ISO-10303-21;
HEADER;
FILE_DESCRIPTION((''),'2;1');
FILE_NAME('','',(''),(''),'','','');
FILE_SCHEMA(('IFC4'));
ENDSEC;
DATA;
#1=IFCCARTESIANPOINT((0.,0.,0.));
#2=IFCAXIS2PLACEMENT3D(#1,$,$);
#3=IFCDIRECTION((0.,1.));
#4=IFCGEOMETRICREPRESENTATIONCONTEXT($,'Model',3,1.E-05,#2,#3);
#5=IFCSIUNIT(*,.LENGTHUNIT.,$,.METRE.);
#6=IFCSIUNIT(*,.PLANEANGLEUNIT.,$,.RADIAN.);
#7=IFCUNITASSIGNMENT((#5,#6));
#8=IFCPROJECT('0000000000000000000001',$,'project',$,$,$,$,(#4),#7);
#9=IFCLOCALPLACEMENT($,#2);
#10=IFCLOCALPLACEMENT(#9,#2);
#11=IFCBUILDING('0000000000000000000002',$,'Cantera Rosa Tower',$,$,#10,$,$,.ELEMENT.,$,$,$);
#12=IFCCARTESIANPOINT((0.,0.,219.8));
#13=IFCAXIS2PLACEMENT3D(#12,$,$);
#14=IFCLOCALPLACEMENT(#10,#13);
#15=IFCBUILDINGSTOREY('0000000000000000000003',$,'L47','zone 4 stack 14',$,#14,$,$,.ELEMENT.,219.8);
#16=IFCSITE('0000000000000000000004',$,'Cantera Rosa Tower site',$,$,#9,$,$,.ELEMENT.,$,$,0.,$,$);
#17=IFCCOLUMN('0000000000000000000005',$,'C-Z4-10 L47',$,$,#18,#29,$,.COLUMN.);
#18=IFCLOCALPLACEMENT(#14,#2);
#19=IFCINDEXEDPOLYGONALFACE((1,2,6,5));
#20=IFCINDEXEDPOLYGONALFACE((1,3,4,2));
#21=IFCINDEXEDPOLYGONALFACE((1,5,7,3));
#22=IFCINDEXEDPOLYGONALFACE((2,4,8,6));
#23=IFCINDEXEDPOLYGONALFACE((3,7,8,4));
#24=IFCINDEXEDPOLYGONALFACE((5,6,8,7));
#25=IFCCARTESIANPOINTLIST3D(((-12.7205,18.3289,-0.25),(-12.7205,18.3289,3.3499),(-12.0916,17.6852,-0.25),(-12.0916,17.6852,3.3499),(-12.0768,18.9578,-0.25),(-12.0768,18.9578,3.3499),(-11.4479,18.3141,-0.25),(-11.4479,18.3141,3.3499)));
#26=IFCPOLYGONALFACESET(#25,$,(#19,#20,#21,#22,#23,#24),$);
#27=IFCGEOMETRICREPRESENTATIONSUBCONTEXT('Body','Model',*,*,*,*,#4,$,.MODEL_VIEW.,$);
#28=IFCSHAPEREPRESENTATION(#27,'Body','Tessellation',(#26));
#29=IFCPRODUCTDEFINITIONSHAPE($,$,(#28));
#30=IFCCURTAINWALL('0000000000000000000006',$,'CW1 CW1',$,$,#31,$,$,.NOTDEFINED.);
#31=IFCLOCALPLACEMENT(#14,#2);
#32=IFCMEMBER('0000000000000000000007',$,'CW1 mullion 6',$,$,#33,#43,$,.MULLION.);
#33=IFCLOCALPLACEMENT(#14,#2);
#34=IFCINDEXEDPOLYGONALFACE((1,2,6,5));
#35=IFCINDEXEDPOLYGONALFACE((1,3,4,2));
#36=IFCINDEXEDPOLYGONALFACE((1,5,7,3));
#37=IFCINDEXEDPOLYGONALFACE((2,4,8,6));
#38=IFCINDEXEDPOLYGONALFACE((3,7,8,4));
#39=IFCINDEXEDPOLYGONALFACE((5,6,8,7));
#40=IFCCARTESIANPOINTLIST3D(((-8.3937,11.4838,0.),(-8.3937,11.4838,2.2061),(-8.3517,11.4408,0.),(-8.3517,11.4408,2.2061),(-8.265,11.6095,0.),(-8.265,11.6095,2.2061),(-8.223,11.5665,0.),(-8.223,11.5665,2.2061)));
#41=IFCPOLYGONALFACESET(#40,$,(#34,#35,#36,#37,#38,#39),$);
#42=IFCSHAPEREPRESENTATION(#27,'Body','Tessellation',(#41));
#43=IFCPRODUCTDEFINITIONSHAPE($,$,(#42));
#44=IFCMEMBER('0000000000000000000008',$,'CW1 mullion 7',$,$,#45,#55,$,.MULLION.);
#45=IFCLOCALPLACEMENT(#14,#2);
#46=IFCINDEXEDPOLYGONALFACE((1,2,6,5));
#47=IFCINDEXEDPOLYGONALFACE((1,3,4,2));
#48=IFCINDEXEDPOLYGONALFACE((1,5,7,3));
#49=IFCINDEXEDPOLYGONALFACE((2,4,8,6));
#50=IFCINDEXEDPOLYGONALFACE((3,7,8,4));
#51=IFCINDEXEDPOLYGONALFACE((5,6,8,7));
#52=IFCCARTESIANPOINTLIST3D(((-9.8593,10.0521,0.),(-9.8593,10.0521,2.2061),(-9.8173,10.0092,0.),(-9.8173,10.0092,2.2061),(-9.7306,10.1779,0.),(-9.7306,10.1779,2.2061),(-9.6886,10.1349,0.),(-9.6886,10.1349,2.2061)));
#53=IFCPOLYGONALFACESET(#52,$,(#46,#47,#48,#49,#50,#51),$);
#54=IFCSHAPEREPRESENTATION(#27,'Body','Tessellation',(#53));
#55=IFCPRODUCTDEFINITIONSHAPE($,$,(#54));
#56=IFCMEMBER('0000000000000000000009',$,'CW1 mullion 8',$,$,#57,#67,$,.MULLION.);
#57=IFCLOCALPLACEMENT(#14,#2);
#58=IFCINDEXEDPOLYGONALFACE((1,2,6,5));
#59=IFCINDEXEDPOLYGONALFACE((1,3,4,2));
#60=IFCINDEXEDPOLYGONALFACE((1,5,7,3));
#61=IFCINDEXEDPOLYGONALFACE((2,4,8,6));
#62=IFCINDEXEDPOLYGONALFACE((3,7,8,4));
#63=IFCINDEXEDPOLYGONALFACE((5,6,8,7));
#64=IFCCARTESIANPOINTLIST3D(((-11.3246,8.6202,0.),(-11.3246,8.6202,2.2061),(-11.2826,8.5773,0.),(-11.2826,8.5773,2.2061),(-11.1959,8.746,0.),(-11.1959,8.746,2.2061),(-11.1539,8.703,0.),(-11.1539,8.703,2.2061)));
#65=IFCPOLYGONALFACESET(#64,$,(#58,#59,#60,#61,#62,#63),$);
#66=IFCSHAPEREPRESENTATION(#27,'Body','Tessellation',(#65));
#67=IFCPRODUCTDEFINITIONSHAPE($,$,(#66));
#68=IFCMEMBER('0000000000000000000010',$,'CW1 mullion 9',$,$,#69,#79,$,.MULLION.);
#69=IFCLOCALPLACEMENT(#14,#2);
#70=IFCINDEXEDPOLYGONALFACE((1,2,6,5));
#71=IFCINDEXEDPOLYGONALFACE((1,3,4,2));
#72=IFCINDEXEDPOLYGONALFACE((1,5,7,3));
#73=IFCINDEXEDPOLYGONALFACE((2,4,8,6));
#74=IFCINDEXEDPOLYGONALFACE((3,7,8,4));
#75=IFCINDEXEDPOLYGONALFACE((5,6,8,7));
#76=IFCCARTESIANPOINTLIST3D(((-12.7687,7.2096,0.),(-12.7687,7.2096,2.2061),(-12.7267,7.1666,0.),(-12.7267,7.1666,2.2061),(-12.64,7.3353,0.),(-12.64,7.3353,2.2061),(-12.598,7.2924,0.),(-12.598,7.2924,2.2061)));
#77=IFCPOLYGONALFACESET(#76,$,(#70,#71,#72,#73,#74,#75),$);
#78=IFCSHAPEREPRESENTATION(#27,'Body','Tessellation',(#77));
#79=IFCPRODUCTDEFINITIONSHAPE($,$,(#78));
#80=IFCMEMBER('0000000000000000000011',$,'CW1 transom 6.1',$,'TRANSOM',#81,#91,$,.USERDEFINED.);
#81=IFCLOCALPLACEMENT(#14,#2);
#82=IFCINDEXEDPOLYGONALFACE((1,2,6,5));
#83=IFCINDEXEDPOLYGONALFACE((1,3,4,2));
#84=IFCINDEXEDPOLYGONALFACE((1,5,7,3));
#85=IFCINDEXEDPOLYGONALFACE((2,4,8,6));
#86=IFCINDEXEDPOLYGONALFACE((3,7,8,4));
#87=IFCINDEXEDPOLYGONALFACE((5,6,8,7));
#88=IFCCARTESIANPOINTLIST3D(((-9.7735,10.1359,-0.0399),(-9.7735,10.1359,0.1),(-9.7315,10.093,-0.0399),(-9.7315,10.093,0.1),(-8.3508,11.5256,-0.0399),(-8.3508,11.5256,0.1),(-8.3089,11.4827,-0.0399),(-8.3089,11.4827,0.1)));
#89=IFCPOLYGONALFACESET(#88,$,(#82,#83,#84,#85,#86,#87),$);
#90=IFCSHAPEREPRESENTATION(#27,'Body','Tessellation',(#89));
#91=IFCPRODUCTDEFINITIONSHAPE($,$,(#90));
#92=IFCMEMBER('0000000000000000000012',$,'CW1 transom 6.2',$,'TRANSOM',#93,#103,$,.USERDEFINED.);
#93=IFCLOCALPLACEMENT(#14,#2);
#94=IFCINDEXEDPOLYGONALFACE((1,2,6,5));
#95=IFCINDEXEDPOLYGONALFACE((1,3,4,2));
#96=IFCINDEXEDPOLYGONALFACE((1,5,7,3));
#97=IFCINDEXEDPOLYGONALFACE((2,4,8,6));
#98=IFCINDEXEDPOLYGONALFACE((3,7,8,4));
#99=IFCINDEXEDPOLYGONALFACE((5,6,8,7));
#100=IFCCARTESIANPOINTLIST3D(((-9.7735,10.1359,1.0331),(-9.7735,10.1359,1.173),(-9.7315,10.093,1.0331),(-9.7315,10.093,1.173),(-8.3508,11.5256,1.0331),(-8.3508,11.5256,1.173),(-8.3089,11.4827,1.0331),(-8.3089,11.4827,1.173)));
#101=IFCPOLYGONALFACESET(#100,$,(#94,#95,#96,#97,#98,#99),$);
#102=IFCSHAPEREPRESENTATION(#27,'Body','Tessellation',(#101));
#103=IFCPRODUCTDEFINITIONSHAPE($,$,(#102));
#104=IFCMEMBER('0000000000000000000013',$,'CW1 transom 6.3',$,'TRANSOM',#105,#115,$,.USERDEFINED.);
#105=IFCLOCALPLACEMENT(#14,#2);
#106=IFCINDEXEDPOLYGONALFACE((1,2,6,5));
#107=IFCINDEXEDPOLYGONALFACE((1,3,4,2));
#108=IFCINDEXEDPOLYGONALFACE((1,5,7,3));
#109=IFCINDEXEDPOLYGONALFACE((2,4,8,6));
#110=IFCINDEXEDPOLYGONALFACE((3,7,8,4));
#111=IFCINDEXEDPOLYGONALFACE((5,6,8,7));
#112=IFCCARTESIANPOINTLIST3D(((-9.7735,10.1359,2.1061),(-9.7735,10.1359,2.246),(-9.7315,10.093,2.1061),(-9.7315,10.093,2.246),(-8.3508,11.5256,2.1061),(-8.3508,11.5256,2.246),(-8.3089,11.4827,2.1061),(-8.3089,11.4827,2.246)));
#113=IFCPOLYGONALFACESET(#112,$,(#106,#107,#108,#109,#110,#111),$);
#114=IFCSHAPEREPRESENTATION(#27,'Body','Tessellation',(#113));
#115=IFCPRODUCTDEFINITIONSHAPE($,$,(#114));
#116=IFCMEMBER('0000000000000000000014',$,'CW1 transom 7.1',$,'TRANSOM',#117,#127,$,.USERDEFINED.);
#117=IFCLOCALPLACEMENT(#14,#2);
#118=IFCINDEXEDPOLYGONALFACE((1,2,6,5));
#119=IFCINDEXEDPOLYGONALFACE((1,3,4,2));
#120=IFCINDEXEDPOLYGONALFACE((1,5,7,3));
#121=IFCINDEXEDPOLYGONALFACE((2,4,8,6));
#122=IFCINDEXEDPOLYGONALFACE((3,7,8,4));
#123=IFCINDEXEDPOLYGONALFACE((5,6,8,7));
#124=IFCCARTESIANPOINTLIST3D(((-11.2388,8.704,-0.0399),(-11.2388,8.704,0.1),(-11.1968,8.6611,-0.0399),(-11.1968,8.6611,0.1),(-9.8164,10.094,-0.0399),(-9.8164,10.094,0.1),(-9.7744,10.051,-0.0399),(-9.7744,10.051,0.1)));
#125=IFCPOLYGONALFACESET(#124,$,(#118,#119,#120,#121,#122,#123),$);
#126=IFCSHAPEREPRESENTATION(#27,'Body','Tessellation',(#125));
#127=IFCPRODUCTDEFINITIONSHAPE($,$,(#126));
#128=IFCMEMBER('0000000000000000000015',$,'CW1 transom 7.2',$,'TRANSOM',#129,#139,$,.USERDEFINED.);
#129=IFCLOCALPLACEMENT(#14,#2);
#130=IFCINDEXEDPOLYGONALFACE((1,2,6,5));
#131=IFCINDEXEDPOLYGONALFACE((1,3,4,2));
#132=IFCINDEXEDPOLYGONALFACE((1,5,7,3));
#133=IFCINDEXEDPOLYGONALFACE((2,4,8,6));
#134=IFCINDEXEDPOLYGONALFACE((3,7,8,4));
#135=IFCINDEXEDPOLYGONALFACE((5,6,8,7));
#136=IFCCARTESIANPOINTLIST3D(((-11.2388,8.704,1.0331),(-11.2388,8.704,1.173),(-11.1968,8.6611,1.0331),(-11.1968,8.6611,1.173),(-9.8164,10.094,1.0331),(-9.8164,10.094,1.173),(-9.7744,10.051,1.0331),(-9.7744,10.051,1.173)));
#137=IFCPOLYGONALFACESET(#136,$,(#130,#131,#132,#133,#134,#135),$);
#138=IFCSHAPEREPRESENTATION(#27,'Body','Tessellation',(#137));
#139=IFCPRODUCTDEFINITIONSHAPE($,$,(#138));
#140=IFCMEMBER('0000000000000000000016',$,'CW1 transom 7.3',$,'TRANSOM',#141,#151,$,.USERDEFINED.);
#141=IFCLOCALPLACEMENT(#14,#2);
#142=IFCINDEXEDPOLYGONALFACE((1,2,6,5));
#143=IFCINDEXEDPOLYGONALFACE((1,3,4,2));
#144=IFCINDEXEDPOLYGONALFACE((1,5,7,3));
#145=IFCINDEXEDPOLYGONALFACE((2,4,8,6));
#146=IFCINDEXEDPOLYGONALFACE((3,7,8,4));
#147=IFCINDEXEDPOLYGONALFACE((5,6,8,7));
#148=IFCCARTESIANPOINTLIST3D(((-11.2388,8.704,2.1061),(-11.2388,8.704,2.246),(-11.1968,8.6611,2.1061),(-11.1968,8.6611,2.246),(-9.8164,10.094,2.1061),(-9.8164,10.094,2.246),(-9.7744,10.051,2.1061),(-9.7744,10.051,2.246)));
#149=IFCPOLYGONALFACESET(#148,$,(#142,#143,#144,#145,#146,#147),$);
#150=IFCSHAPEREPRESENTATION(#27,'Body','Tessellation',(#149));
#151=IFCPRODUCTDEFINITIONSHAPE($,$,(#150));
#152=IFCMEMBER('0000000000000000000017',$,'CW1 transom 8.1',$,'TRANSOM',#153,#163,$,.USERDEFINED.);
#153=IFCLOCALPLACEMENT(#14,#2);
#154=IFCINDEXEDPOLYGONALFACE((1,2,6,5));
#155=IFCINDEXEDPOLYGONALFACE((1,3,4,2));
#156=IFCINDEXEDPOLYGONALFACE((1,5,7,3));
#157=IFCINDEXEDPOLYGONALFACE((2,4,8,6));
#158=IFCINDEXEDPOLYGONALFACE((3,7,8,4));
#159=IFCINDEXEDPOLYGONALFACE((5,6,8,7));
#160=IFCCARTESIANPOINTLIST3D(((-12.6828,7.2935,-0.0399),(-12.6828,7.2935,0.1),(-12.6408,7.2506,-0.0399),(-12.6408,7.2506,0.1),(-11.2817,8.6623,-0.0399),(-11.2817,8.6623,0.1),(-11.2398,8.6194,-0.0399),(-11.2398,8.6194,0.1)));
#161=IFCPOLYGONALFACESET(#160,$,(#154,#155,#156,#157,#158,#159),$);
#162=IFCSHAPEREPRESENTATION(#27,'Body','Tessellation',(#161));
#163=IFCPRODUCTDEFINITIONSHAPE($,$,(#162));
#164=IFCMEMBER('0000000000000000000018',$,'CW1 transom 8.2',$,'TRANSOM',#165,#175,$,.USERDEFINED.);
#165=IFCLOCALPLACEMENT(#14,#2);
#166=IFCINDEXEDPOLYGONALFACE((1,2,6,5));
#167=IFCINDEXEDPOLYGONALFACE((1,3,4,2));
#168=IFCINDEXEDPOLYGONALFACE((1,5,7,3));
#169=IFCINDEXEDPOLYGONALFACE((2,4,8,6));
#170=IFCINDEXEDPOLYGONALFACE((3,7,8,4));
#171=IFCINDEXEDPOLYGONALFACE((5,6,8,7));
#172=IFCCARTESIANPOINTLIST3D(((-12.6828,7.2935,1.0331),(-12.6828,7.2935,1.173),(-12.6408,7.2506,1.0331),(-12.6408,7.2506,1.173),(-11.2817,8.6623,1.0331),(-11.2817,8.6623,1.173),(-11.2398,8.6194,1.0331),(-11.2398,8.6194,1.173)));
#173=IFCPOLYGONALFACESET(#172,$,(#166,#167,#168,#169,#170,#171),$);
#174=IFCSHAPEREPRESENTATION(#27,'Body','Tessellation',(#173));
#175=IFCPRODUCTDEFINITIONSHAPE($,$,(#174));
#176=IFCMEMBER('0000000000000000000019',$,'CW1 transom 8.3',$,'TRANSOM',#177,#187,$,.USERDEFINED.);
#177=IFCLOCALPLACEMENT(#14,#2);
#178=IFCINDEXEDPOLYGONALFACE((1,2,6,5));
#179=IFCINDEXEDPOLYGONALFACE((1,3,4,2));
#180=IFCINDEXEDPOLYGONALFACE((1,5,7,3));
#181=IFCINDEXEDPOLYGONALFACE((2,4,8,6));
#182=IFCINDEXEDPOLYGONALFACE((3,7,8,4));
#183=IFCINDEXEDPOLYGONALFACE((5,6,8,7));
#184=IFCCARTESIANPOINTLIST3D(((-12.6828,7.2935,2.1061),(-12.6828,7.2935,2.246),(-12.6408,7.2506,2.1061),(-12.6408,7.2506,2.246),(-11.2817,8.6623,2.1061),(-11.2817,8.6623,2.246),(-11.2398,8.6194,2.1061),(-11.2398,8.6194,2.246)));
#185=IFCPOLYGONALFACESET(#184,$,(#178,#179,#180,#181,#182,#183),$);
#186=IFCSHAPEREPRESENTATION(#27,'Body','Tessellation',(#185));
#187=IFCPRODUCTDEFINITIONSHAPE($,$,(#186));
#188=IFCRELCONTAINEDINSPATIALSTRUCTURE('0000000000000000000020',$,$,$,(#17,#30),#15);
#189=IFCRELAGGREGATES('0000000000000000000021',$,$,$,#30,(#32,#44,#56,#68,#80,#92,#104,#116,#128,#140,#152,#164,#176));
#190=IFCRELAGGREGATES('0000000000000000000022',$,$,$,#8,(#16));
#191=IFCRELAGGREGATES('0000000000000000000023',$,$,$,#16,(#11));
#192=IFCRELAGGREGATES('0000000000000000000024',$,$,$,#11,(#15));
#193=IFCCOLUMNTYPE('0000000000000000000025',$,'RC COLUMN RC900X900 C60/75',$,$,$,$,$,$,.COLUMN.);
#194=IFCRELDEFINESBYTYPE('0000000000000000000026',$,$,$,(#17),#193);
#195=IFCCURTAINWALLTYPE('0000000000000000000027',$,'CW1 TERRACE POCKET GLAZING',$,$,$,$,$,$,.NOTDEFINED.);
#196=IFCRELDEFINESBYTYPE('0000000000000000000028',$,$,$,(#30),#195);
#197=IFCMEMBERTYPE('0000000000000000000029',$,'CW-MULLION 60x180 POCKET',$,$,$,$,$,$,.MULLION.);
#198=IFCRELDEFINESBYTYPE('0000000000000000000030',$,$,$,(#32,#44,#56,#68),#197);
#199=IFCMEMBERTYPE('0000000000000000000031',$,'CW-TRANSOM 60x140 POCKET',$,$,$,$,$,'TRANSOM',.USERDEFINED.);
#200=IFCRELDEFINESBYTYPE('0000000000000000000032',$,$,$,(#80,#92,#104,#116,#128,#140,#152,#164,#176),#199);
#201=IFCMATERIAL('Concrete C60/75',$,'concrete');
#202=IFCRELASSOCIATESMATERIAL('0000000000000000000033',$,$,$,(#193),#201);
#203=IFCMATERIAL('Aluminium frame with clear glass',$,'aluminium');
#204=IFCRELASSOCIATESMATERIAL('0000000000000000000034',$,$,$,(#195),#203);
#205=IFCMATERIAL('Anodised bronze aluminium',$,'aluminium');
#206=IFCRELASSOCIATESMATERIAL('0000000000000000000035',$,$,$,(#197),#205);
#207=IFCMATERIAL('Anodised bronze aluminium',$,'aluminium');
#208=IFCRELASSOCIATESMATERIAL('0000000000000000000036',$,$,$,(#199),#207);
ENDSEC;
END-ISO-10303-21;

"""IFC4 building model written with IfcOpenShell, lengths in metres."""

from ifc_helpers import new_model, si_unit, direction, frame, origin, origin_2d, place, context, subcontext, project, spatial, rectangle, extrude, material, material_profile, profile_set, type_object, element, aggregate, save


model = new_model("IFC4")

# Units and contexts
model_context = context("Model", 3, precision=1e-05, world=origin(), true_north=direction((0.0, 1.0)))
body_context = subcontext(model_context, "Body", "Model", "MODEL_VIEW")
ifc_project = project(units=[si_unit("LENGTHUNIT", "METRE"), si_unit("PLANEANGLEUNIT", "RADIAN")], contexts=[model_context])

# Site, building, storey
site_placement = place(None, origin())
site = spatial("IfcSite", under=ifc_project, at=site_placement, Name="Cantera Rosa Tower site", CompositionType="ELEMENT", RefElevation=0.0)
building_placement = place(site_placement, origin())
building = spatial("IfcBuilding", under=site, at=building_placement, Name="Cantera Rosa Tower", CompositionType="ELEMENT")
storey_placement = place(building_placement, frame((0.0, 0.0, 219.8)))
storey = spatial("IfcBuildingStorey", under=building, at=storey_placement, Name="L47", Description="zone 4 stack 14", CompositionType="ELEMENT", Elevation=219.8)

# Column
ifc_material_1 = material(Name="Concrete C60/75", Category="concrete")
ifc_material_profile_1 = material_profile(ifc_material_1, rectangle(XDim=0.8999, YDim=0.8999, at=origin_2d()), Name="RC COLUMN RC900X900 C60/75")
ifc_profile_set_1 = profile_set([ifc_material_profile_1], Name="Concrete C60/75")
column_type = type_object("IfcColumnType", Name="RC COLUMN RC900X900 C60/75", PredefinedType="COLUMN", material=ifc_profile_set_1)
column_placement = place(storey_placement, frame((-12.0842, 18.3215, -0.25), z_axis=(0.0, 0.0, 1.0), x_axis=(0.715286, 0.698832, 0.0)))
element("IfcColumn", 1, at=column_placement, inside=storey, type_object=column_type, Name="C-Z4-10 L47", PredefinedType="COLUMN", context=body_context, shape_type="SweptSolid", body=[
    extrude(rectangle(XDim=0.8999, YDim=0.8999, at=origin_2d()), origin(), (0.0, 0.0, 1.0), 3.5999),
])

# Curtain wall, members
ifc_material_2 = material(Name="Aluminium frame with clear glass", Category="aluminium")
curtain_wall_type = type_object("IfcCurtainWallType", Name="CW1 TERRACE POCKET GLAZING", PredefinedType="NOTDEFINED", material=ifc_material_2)
curtain_wall_placement = place(storey_placement, origin())
curtain_wall = element("IfcCurtainWall", 2, at=curtain_wall_placement, inside=storey, type_object=curtain_wall_type, Name="CW1 CW1", PredefinedType="NOTDEFINED")
ifc_material_3 = material(Name="Anodised bronze aluminium", Category="aluminium")
ifc_material_profile_2 = material_profile(ifc_material_3, rectangle(XDim=0.0601, YDim=0.1799, at=origin_2d()), Name="CW-MULLION 60x180 POCKET")
ifc_profile_set_2 = profile_set([ifc_material_profile_2], Name="Anodised bronze aluminium")
member_type_1 = type_object("IfcMemberType", Name="CW-MULLION 60x180 POCKET", PredefinedType="MULLION", material=ifc_profile_set_2)
member_1_placement = place(storey_placement, frame((-8.3083, 11.5251, 0.0), z_axis=(0.0, 0.0, 1.0), x_axis=(0.698832, -0.715286, 0.0)))
member_1 = element("IfcMember", 3, at=member_1_placement, type_object=member_type_1, Name="CW1 mullion 6", PredefinedType="MULLION", context=body_context, shape_type="SweptSolid", body=[
    extrude(rectangle(XDim=0.0601, YDim=0.1799, at=origin_2d()), origin(), (0.0, 0.0, 1.0), 2.2061),
])
member_2_placement = place(storey_placement, frame((-9.7739, 10.0935, 0.0), z_axis=(0.0, 0.0, 1.0), x_axis=(0.698832, -0.715286, 0.0)))
member_2 = element("IfcMember", 4, at=member_2_placement, type_object=member_type_1, Name="CW1 mullion 7", PredefinedType="MULLION", context=body_context, shape_type="SweptSolid", body=[
    extrude(rectangle(XDim=0.0601, YDim=0.1799, at=origin_2d()), origin(), (0.0, 0.0, 1.0), 2.2061),
])
member_3_placement = place(storey_placement, frame((-11.2393, 8.6616, 0.0), z_axis=(0.0, 0.0, 1.0), x_axis=(0.698832, -0.715286, 0.0)))
member_3 = element("IfcMember", 5, at=member_3_placement, type_object=member_type_1, Name="CW1 mullion 8", PredefinedType="MULLION", context=body_context, shape_type="SweptSolid", body=[
    extrude(rectangle(XDim=0.0601, YDim=0.1799, at=origin_2d()), origin(), (0.0, 0.0, 1.0), 2.2061),
])
member_4_placement = place(storey_placement, frame((-12.6833, 7.251, 0.0), z_axis=(0.0, 0.0, 1.0), x_axis=(0.698832, -0.715286, 0.0)))
member_4 = element("IfcMember", 6, at=member_4_placement, type_object=member_type_1, Name="CW1 mullion 9", PredefinedType="MULLION", context=body_context, shape_type="SweptSolid", body=[
    extrude(rectangle(XDim=0.0601, YDim=0.1799, at=origin_2d()), origin(), (0.0, 0.0, 1.0), 2.2061),
])
ifc_material_4 = material(Name="Anodised bronze aluminium", Category="aluminium")
ifc_material_profile_3 = material_profile(ifc_material_4, rectangle(XDim=0.0601, YDim=0.1399, at=origin_2d()), Name="CW-TRANSOM 60x140 POCKET")
ifc_profile_set_3 = profile_set([ifc_material_profile_3], Name="Anodised bronze aluminium")
member_type_2 = type_object("IfcMemberType", Name="CW-TRANSOM 60x140 POCKET", ElementType="TRANSOM", PredefinedType="USERDEFINED", material=ifc_profile_set_3)
member_5_placement = place(storey_placement, frame((-8.3298, 11.5042, 0.03), z_axis=(-0.715345, -0.698772, 0.0), x_axis=(0.698772, -0.715345, 0.0)))
member_5 = element("IfcMember", 7, at=member_5_placement, type_object=member_type_2, Name="CW1 transom 6.1", ObjectType="TRANSOM", PredefinedType="USERDEFINED", context=body_context, shape_type="SweptSolid", body=[
    extrude(rectangle(XDim=0.0601, YDim=0.1399, at=origin_2d()), origin(), (0.0, 0.0, 1.0), 1.9888),
])
member_6_placement = place(storey_placement, frame((-8.3298, 11.5042, 1.103), z_axis=(-0.715345, -0.698772, 0.0), x_axis=(0.698772, -0.715345, 0.0)))
member_6 = element("IfcMember", 8, at=member_6_placement, type_object=member_type_2, Name="CW1 transom 6.2", ObjectType="TRANSOM", PredefinedType="USERDEFINED", context=body_context, shape_type="SweptSolid", body=[
    extrude(rectangle(XDim=0.0601, YDim=0.1399, at=origin_2d()), origin(), (0.0, 0.0, 1.0), 1.9888),
])
member_7_placement = place(storey_placement, frame((-8.3298, 11.5042, 2.176), z_axis=(-0.715345, -0.698772, 0.0), x_axis=(0.698772, -0.715345, 0.0)))
member_7 = element("IfcMember", 9, at=member_7_placement, type_object=member_type_2, Name="CW1 transom 6.3", ObjectType="TRANSOM", PredefinedType="USERDEFINED", context=body_context, shape_type="SweptSolid", body=[
    extrude(rectangle(XDim=0.0601, YDim=0.1399, at=origin_2d()), origin(), (0.0, 0.0, 1.0), 1.9888),
])
member_8_placement = place(storey_placement, frame((-9.7954, 10.0725, 0.03), z_axis=(-0.715223, -0.698896, 0.0), x_axis=(0.698896, -0.715223, 0.0)))
member_8 = element("IfcMember", 10, at=member_8_placement, type_object=member_type_2, Name="CW1 transom 7.1", ObjectType="TRANSOM", PredefinedType="USERDEFINED", context=body_context, shape_type="SweptSolid", body=[
    extrude(rectangle(XDim=0.0601, YDim=0.1399, at=origin_2d()), origin(), (0.0, 0.0, 1.0), 1.9888),
])
member_9_placement = place(storey_placement, frame((-9.7954, 10.0725, 1.103), z_axis=(-0.715223, -0.698896, 0.0), x_axis=(0.698896, -0.715223, 0.0)))
member_9 = element("IfcMember", 11, at=member_9_placement, type_object=member_type_2, Name="CW1 transom 7.2", ObjectType="TRANSOM", PredefinedType="USERDEFINED", context=body_context, shape_type="SweptSolid", body=[
    extrude(rectangle(XDim=0.0601, YDim=0.1399, at=origin_2d()), origin(), (0.0, 0.0, 1.0), 1.9888),
])
member_10_placement = place(storey_placement, frame((-9.7954, 10.0725, 2.176), z_axis=(-0.715223, -0.698896, 0.0), x_axis=(0.698896, -0.715223, 0.0)))
member_10 = element("IfcMember", 12, at=member_10_placement, type_object=member_type_2, Name="CW1 transom 7.3", ObjectType="TRANSOM", PredefinedType="USERDEFINED", context=body_context, shape_type="SweptSolid", body=[
    extrude(rectangle(XDim=0.0601, YDim=0.1399, at=origin_2d()), origin(), (0.0, 0.0, 1.0), 1.9888),
])
member_11_placement = place(storey_placement, frame((-11.2607, 8.6409, 0.03), z_axis=(-0.715285, -0.698833, 0.0), x_axis=(0.698833, -0.715285, 0.0)))
member_11 = element("IfcMember", 13, at=member_11_placement, type_object=member_type_2, Name="CW1 transom 8.1", ObjectType="TRANSOM", PredefinedType="USERDEFINED", context=body_context, shape_type="SweptSolid", body=[
    extrude(rectangle(XDim=0.0601, YDim=0.1399, at=origin_2d()), origin(), (0.0, 0.0, 1.0), 1.9587),
])
member_12_placement = place(storey_placement, frame((-11.2607, 8.6409, 1.103), z_axis=(-0.715285, -0.698833, 0.0), x_axis=(0.698833, -0.715285, 0.0)))
member_12 = element("IfcMember", 14, at=member_12_placement, type_object=member_type_2, Name="CW1 transom 8.2", ObjectType="TRANSOM", PredefinedType="USERDEFINED", context=body_context, shape_type="SweptSolid", body=[
    extrude(rectangle(XDim=0.0601, YDim=0.1399, at=origin_2d()), origin(), (0.0, 0.0, 1.0), 1.9587),
])
member_13_placement = place(storey_placement, frame((-11.2607, 8.6409, 2.176), z_axis=(-0.715285, -0.698833, 0.0), x_axis=(0.698833, -0.715285, 0.0)))
member_13 = element("IfcMember", 15, at=member_13_placement, type_object=member_type_2, Name="CW1 transom 8.3", ObjectType="TRANSOM", PredefinedType="USERDEFINED", context=body_context, shape_type="SweptSolid", body=[
    extrude(rectangle(XDim=0.0601, YDim=0.1399, at=origin_2d()), origin(), (0.0, 0.0, 1.0), 1.9587),
])

aggregate(curtain_wall, [member_1, member_2, member_3, member_4, member_5, member_6, member_7, member_8, member_9, member_10, member_11, member_12, member_13])

save(model, "model.ifc")
